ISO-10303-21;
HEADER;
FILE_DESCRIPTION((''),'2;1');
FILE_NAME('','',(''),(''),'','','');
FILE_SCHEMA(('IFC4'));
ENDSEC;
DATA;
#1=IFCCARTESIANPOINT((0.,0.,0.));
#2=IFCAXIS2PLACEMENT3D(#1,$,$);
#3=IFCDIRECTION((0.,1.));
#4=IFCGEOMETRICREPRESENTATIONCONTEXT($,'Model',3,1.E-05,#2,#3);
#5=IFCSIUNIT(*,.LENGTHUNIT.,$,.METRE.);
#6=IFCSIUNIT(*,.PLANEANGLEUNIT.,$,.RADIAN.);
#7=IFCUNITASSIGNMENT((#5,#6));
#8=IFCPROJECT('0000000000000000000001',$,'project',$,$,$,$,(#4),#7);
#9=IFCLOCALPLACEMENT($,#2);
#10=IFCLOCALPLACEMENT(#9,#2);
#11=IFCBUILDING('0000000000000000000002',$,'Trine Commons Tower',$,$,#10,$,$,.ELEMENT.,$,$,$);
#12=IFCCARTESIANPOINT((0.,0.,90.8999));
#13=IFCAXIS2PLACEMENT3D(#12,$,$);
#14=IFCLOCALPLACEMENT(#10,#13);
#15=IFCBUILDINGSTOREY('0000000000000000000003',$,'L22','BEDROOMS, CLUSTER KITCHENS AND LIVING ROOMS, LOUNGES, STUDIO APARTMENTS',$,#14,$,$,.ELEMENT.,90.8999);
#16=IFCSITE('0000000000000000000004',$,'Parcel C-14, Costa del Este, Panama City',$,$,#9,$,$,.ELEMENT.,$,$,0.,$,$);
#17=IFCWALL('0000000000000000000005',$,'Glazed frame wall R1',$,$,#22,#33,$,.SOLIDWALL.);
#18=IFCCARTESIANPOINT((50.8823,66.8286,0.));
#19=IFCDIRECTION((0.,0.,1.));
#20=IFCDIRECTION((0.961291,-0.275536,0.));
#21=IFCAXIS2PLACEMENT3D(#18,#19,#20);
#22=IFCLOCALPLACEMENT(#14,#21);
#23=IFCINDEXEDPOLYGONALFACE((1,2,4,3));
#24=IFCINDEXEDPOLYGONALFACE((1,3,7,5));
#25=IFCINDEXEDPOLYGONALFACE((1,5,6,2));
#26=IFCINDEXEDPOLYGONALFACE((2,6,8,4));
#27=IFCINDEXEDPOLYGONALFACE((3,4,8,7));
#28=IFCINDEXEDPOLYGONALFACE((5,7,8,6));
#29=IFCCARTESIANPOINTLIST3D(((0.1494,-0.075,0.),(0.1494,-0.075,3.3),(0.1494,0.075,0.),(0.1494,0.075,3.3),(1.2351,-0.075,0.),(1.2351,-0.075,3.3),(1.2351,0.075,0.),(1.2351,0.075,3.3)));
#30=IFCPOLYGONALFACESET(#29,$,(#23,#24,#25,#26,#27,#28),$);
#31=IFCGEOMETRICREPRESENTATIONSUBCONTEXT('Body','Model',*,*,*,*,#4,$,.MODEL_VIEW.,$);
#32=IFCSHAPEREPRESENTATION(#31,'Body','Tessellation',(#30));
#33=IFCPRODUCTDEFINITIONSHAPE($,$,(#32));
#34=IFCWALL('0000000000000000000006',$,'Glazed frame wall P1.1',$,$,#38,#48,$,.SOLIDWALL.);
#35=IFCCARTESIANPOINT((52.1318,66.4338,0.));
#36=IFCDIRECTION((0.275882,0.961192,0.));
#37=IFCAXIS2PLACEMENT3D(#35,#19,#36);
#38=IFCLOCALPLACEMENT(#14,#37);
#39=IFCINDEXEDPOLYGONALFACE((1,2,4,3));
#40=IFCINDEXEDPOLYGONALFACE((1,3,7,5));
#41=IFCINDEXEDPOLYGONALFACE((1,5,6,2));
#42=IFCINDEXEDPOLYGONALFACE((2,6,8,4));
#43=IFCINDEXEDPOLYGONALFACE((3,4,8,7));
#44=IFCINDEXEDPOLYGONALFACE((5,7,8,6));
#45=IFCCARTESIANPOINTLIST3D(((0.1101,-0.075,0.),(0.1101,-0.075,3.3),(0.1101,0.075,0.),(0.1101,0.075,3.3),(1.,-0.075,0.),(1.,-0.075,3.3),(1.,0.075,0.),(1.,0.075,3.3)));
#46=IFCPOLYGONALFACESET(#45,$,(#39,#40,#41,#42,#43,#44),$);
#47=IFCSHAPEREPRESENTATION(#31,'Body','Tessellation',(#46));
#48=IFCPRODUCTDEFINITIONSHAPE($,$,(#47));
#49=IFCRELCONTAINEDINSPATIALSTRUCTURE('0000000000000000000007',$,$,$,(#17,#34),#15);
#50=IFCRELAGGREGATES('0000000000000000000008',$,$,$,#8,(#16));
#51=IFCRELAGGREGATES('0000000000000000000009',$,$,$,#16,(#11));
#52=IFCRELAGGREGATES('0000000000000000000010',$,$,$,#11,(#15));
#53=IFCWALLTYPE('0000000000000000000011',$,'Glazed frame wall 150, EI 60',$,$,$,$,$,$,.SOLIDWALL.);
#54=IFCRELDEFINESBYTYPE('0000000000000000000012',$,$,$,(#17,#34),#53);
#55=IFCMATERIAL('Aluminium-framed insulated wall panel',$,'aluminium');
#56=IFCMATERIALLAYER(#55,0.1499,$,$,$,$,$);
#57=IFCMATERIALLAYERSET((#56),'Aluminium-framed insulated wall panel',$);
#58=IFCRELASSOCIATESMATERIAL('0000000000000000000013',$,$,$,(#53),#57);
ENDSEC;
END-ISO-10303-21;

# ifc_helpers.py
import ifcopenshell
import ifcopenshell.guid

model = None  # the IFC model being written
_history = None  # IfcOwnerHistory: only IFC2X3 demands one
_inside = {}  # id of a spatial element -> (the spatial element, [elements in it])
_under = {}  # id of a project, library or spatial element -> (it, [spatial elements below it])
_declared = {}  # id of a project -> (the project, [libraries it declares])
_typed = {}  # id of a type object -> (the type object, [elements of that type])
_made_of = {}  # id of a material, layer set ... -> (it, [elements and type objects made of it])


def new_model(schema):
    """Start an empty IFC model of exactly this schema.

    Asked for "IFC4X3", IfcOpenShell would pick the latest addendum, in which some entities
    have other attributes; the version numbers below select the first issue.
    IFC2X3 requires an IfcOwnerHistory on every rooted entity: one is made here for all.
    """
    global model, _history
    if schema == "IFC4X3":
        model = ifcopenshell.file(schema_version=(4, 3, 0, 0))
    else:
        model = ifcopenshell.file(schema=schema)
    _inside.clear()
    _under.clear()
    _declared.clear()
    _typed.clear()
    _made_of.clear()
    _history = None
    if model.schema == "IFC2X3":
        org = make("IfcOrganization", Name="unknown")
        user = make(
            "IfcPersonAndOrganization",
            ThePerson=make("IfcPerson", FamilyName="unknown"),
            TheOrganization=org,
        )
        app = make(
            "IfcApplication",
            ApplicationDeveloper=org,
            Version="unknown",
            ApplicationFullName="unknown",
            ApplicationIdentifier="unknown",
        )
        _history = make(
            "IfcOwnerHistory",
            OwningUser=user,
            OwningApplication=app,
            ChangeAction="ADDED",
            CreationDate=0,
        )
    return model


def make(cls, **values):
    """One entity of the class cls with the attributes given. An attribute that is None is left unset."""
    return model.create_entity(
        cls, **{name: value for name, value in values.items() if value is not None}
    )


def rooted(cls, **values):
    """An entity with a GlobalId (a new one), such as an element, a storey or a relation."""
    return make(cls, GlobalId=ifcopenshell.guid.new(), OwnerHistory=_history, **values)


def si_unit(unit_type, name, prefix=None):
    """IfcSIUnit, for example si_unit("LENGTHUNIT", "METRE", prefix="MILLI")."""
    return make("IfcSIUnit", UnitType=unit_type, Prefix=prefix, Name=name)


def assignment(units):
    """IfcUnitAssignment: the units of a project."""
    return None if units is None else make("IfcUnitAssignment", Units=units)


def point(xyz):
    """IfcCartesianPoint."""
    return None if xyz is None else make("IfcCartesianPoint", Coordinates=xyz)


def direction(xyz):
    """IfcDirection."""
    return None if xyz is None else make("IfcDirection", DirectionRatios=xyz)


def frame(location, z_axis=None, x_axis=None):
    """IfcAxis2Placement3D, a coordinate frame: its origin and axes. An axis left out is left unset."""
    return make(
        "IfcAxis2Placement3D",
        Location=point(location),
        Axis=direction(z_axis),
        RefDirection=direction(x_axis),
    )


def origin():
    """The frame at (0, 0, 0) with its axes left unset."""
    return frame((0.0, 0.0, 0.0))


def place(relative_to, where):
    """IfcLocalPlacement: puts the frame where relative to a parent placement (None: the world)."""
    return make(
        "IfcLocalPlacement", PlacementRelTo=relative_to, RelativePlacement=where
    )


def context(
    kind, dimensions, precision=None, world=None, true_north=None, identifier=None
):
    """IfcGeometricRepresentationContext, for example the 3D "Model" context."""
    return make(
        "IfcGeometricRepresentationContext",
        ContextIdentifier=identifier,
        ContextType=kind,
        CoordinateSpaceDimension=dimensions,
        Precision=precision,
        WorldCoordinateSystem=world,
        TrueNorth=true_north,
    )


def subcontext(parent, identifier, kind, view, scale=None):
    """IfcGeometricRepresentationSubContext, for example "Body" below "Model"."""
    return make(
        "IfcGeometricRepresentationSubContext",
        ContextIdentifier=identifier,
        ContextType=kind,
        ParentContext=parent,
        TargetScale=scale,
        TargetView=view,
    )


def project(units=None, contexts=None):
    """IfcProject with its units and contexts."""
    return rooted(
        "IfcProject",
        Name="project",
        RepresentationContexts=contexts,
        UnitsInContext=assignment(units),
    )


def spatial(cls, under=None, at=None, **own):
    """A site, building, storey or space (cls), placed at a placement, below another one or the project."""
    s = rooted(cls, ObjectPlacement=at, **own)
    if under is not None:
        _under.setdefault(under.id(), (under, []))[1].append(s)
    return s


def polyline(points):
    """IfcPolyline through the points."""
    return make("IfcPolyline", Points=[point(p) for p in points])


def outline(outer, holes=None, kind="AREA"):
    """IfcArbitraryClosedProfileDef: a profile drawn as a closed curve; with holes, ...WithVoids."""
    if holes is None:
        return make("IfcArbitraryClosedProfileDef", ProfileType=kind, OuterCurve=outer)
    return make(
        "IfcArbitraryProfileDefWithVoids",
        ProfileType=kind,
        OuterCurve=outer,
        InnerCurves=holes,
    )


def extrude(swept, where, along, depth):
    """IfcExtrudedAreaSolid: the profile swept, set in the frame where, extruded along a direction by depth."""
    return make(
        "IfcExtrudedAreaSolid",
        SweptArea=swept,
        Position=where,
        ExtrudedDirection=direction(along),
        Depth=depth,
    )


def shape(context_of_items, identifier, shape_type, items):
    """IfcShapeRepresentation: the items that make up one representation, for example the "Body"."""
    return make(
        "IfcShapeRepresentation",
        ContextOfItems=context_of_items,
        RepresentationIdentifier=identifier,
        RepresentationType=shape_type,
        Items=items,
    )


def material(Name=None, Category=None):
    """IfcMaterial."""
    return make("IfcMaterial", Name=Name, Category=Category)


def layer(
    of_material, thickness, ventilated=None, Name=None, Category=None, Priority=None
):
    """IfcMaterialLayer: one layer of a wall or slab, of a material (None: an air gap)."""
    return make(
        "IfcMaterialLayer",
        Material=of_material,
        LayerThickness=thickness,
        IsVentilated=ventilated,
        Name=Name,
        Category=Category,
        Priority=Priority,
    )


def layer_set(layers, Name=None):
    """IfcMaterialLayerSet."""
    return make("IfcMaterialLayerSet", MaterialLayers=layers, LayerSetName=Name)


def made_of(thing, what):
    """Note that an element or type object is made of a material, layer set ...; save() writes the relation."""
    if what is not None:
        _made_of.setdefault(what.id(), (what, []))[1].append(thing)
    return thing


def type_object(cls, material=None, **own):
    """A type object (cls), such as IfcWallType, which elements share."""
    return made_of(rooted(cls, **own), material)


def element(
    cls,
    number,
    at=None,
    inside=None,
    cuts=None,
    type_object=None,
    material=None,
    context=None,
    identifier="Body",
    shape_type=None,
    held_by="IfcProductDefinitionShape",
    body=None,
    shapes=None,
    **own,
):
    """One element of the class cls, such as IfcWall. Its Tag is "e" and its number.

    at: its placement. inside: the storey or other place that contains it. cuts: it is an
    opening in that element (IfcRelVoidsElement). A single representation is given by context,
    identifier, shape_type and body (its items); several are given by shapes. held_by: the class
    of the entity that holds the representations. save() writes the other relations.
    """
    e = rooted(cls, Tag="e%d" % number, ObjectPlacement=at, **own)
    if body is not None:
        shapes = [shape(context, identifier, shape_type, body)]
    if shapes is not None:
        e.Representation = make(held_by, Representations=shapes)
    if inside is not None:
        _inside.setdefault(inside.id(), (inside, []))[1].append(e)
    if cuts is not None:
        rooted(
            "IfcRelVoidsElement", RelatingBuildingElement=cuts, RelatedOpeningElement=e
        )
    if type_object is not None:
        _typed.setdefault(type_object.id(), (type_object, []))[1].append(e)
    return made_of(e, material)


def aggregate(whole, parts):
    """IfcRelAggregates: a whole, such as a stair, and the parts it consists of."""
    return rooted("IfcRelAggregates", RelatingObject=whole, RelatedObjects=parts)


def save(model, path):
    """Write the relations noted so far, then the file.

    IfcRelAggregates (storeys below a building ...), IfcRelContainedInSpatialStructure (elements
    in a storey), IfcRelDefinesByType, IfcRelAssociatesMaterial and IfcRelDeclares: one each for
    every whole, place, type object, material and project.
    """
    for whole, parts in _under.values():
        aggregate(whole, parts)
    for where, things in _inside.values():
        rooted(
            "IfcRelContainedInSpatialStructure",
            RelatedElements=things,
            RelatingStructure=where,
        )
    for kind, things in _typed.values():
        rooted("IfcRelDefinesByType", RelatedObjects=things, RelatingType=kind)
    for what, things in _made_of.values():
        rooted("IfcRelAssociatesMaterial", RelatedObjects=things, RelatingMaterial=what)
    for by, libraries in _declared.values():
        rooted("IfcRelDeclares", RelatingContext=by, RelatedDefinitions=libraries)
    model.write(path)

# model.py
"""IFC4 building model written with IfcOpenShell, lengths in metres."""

from ifc_helpers import new_model, si_unit, direction, frame, origin, place, context, subcontext, project, spatial, polyline, outline, extrude, material, layer, layer_set, type_object, element, save


model = new_model("IFC4")

# Units and contexts
model_context = context("Model", 3, precision=1e-05, world=origin(), true_north=direction((0.0, 1.0)))
body_context = subcontext(model_context, "Body", "Model", "MODEL_VIEW")
ifc_project = project(units=[si_unit("LENGTHUNIT", "METRE"), si_unit("PLANEANGLEUNIT", "RADIAN")], contexts=[model_context])

# Site, building, storey
site_placement = place(None, origin())
site = spatial("IfcSite", under=ifc_project, at=site_placement, Name="Parcel C-14, Costa del Este, Panama City", CompositionType="ELEMENT", RefElevation=0.0)
building_placement = place(site_placement, origin())
building = spatial("IfcBuilding", under=site, at=building_placement, Name="Trine Commons Tower", CompositionType="ELEMENT")
storey_placement = place(building_placement, frame((0.0, 0.0, 90.8999)))
storey = spatial("IfcBuildingStorey", under=building, at=storey_placement, Name="L22", Description="BEDROOMS, CLUSTER KITCHENS AND LIVING ROOMS, LOUNGES, STUDIO APARTMENTS", CompositionType="ELEMENT", Elevation=90.8999)

# Walls
ifc_material_1 = material(Name="Aluminium-framed insulated wall panel", Category="aluminium")
ifc_layer_1 = layer(ifc_material_1, 0.1499)
ifc_layer_set_1 = layer_set([ifc_layer_1], Name="Aluminium-framed insulated wall panel")
wall_type_1 = type_object("IfcWallType", Name="Glazed frame wall 150, EI 60", PredefinedType="SOLIDWALL", material=ifc_layer_set_1)
wall_1_placement = place(storey_placement, frame((50.8823, 66.8286, 0.0), z_axis=(0.0, 0.0, 1.0), x_axis=(0.961291, -0.275536, 0.0)))
element("IfcWall", 1, at=wall_1_placement, inside=storey, type_object=wall_type_1, Name="Glazed frame wall R1", PredefinedType="SOLIDWALL", context=body_context, shape_type="SweptSolid", body=[
    extrude(outline(polyline([(0.1494, 0.075), (0.1494, -0.075), (1.2351, -0.075), (1.2351, 0.075), (0.1494, 0.075)])), origin(), (0.0, 0.0, 1.0), 3.3),
])
wall_2_placement = place(storey_placement, frame((52.1318, 66.4338, 0.0), z_axis=(0.0, 0.0, 1.0), x_axis=(0.275882, 0.961192, 0.0)))
element("IfcWall", 2, at=wall_2_placement, inside=storey, type_object=wall_type_1, Name="Glazed frame wall P1.1", PredefinedType="SOLIDWALL", context=body_context, shape_type="SweptSolid", body=[
    extrude(outline(polyline([(0.1101, -0.075), (1.0, -0.075), (1.0, 0.075), (0.1101, 0.075), (0.1101, -0.075)])), origin(), (0.0, 0.0, 1.0), 3.3),
])

save(model, "model.ifc")
